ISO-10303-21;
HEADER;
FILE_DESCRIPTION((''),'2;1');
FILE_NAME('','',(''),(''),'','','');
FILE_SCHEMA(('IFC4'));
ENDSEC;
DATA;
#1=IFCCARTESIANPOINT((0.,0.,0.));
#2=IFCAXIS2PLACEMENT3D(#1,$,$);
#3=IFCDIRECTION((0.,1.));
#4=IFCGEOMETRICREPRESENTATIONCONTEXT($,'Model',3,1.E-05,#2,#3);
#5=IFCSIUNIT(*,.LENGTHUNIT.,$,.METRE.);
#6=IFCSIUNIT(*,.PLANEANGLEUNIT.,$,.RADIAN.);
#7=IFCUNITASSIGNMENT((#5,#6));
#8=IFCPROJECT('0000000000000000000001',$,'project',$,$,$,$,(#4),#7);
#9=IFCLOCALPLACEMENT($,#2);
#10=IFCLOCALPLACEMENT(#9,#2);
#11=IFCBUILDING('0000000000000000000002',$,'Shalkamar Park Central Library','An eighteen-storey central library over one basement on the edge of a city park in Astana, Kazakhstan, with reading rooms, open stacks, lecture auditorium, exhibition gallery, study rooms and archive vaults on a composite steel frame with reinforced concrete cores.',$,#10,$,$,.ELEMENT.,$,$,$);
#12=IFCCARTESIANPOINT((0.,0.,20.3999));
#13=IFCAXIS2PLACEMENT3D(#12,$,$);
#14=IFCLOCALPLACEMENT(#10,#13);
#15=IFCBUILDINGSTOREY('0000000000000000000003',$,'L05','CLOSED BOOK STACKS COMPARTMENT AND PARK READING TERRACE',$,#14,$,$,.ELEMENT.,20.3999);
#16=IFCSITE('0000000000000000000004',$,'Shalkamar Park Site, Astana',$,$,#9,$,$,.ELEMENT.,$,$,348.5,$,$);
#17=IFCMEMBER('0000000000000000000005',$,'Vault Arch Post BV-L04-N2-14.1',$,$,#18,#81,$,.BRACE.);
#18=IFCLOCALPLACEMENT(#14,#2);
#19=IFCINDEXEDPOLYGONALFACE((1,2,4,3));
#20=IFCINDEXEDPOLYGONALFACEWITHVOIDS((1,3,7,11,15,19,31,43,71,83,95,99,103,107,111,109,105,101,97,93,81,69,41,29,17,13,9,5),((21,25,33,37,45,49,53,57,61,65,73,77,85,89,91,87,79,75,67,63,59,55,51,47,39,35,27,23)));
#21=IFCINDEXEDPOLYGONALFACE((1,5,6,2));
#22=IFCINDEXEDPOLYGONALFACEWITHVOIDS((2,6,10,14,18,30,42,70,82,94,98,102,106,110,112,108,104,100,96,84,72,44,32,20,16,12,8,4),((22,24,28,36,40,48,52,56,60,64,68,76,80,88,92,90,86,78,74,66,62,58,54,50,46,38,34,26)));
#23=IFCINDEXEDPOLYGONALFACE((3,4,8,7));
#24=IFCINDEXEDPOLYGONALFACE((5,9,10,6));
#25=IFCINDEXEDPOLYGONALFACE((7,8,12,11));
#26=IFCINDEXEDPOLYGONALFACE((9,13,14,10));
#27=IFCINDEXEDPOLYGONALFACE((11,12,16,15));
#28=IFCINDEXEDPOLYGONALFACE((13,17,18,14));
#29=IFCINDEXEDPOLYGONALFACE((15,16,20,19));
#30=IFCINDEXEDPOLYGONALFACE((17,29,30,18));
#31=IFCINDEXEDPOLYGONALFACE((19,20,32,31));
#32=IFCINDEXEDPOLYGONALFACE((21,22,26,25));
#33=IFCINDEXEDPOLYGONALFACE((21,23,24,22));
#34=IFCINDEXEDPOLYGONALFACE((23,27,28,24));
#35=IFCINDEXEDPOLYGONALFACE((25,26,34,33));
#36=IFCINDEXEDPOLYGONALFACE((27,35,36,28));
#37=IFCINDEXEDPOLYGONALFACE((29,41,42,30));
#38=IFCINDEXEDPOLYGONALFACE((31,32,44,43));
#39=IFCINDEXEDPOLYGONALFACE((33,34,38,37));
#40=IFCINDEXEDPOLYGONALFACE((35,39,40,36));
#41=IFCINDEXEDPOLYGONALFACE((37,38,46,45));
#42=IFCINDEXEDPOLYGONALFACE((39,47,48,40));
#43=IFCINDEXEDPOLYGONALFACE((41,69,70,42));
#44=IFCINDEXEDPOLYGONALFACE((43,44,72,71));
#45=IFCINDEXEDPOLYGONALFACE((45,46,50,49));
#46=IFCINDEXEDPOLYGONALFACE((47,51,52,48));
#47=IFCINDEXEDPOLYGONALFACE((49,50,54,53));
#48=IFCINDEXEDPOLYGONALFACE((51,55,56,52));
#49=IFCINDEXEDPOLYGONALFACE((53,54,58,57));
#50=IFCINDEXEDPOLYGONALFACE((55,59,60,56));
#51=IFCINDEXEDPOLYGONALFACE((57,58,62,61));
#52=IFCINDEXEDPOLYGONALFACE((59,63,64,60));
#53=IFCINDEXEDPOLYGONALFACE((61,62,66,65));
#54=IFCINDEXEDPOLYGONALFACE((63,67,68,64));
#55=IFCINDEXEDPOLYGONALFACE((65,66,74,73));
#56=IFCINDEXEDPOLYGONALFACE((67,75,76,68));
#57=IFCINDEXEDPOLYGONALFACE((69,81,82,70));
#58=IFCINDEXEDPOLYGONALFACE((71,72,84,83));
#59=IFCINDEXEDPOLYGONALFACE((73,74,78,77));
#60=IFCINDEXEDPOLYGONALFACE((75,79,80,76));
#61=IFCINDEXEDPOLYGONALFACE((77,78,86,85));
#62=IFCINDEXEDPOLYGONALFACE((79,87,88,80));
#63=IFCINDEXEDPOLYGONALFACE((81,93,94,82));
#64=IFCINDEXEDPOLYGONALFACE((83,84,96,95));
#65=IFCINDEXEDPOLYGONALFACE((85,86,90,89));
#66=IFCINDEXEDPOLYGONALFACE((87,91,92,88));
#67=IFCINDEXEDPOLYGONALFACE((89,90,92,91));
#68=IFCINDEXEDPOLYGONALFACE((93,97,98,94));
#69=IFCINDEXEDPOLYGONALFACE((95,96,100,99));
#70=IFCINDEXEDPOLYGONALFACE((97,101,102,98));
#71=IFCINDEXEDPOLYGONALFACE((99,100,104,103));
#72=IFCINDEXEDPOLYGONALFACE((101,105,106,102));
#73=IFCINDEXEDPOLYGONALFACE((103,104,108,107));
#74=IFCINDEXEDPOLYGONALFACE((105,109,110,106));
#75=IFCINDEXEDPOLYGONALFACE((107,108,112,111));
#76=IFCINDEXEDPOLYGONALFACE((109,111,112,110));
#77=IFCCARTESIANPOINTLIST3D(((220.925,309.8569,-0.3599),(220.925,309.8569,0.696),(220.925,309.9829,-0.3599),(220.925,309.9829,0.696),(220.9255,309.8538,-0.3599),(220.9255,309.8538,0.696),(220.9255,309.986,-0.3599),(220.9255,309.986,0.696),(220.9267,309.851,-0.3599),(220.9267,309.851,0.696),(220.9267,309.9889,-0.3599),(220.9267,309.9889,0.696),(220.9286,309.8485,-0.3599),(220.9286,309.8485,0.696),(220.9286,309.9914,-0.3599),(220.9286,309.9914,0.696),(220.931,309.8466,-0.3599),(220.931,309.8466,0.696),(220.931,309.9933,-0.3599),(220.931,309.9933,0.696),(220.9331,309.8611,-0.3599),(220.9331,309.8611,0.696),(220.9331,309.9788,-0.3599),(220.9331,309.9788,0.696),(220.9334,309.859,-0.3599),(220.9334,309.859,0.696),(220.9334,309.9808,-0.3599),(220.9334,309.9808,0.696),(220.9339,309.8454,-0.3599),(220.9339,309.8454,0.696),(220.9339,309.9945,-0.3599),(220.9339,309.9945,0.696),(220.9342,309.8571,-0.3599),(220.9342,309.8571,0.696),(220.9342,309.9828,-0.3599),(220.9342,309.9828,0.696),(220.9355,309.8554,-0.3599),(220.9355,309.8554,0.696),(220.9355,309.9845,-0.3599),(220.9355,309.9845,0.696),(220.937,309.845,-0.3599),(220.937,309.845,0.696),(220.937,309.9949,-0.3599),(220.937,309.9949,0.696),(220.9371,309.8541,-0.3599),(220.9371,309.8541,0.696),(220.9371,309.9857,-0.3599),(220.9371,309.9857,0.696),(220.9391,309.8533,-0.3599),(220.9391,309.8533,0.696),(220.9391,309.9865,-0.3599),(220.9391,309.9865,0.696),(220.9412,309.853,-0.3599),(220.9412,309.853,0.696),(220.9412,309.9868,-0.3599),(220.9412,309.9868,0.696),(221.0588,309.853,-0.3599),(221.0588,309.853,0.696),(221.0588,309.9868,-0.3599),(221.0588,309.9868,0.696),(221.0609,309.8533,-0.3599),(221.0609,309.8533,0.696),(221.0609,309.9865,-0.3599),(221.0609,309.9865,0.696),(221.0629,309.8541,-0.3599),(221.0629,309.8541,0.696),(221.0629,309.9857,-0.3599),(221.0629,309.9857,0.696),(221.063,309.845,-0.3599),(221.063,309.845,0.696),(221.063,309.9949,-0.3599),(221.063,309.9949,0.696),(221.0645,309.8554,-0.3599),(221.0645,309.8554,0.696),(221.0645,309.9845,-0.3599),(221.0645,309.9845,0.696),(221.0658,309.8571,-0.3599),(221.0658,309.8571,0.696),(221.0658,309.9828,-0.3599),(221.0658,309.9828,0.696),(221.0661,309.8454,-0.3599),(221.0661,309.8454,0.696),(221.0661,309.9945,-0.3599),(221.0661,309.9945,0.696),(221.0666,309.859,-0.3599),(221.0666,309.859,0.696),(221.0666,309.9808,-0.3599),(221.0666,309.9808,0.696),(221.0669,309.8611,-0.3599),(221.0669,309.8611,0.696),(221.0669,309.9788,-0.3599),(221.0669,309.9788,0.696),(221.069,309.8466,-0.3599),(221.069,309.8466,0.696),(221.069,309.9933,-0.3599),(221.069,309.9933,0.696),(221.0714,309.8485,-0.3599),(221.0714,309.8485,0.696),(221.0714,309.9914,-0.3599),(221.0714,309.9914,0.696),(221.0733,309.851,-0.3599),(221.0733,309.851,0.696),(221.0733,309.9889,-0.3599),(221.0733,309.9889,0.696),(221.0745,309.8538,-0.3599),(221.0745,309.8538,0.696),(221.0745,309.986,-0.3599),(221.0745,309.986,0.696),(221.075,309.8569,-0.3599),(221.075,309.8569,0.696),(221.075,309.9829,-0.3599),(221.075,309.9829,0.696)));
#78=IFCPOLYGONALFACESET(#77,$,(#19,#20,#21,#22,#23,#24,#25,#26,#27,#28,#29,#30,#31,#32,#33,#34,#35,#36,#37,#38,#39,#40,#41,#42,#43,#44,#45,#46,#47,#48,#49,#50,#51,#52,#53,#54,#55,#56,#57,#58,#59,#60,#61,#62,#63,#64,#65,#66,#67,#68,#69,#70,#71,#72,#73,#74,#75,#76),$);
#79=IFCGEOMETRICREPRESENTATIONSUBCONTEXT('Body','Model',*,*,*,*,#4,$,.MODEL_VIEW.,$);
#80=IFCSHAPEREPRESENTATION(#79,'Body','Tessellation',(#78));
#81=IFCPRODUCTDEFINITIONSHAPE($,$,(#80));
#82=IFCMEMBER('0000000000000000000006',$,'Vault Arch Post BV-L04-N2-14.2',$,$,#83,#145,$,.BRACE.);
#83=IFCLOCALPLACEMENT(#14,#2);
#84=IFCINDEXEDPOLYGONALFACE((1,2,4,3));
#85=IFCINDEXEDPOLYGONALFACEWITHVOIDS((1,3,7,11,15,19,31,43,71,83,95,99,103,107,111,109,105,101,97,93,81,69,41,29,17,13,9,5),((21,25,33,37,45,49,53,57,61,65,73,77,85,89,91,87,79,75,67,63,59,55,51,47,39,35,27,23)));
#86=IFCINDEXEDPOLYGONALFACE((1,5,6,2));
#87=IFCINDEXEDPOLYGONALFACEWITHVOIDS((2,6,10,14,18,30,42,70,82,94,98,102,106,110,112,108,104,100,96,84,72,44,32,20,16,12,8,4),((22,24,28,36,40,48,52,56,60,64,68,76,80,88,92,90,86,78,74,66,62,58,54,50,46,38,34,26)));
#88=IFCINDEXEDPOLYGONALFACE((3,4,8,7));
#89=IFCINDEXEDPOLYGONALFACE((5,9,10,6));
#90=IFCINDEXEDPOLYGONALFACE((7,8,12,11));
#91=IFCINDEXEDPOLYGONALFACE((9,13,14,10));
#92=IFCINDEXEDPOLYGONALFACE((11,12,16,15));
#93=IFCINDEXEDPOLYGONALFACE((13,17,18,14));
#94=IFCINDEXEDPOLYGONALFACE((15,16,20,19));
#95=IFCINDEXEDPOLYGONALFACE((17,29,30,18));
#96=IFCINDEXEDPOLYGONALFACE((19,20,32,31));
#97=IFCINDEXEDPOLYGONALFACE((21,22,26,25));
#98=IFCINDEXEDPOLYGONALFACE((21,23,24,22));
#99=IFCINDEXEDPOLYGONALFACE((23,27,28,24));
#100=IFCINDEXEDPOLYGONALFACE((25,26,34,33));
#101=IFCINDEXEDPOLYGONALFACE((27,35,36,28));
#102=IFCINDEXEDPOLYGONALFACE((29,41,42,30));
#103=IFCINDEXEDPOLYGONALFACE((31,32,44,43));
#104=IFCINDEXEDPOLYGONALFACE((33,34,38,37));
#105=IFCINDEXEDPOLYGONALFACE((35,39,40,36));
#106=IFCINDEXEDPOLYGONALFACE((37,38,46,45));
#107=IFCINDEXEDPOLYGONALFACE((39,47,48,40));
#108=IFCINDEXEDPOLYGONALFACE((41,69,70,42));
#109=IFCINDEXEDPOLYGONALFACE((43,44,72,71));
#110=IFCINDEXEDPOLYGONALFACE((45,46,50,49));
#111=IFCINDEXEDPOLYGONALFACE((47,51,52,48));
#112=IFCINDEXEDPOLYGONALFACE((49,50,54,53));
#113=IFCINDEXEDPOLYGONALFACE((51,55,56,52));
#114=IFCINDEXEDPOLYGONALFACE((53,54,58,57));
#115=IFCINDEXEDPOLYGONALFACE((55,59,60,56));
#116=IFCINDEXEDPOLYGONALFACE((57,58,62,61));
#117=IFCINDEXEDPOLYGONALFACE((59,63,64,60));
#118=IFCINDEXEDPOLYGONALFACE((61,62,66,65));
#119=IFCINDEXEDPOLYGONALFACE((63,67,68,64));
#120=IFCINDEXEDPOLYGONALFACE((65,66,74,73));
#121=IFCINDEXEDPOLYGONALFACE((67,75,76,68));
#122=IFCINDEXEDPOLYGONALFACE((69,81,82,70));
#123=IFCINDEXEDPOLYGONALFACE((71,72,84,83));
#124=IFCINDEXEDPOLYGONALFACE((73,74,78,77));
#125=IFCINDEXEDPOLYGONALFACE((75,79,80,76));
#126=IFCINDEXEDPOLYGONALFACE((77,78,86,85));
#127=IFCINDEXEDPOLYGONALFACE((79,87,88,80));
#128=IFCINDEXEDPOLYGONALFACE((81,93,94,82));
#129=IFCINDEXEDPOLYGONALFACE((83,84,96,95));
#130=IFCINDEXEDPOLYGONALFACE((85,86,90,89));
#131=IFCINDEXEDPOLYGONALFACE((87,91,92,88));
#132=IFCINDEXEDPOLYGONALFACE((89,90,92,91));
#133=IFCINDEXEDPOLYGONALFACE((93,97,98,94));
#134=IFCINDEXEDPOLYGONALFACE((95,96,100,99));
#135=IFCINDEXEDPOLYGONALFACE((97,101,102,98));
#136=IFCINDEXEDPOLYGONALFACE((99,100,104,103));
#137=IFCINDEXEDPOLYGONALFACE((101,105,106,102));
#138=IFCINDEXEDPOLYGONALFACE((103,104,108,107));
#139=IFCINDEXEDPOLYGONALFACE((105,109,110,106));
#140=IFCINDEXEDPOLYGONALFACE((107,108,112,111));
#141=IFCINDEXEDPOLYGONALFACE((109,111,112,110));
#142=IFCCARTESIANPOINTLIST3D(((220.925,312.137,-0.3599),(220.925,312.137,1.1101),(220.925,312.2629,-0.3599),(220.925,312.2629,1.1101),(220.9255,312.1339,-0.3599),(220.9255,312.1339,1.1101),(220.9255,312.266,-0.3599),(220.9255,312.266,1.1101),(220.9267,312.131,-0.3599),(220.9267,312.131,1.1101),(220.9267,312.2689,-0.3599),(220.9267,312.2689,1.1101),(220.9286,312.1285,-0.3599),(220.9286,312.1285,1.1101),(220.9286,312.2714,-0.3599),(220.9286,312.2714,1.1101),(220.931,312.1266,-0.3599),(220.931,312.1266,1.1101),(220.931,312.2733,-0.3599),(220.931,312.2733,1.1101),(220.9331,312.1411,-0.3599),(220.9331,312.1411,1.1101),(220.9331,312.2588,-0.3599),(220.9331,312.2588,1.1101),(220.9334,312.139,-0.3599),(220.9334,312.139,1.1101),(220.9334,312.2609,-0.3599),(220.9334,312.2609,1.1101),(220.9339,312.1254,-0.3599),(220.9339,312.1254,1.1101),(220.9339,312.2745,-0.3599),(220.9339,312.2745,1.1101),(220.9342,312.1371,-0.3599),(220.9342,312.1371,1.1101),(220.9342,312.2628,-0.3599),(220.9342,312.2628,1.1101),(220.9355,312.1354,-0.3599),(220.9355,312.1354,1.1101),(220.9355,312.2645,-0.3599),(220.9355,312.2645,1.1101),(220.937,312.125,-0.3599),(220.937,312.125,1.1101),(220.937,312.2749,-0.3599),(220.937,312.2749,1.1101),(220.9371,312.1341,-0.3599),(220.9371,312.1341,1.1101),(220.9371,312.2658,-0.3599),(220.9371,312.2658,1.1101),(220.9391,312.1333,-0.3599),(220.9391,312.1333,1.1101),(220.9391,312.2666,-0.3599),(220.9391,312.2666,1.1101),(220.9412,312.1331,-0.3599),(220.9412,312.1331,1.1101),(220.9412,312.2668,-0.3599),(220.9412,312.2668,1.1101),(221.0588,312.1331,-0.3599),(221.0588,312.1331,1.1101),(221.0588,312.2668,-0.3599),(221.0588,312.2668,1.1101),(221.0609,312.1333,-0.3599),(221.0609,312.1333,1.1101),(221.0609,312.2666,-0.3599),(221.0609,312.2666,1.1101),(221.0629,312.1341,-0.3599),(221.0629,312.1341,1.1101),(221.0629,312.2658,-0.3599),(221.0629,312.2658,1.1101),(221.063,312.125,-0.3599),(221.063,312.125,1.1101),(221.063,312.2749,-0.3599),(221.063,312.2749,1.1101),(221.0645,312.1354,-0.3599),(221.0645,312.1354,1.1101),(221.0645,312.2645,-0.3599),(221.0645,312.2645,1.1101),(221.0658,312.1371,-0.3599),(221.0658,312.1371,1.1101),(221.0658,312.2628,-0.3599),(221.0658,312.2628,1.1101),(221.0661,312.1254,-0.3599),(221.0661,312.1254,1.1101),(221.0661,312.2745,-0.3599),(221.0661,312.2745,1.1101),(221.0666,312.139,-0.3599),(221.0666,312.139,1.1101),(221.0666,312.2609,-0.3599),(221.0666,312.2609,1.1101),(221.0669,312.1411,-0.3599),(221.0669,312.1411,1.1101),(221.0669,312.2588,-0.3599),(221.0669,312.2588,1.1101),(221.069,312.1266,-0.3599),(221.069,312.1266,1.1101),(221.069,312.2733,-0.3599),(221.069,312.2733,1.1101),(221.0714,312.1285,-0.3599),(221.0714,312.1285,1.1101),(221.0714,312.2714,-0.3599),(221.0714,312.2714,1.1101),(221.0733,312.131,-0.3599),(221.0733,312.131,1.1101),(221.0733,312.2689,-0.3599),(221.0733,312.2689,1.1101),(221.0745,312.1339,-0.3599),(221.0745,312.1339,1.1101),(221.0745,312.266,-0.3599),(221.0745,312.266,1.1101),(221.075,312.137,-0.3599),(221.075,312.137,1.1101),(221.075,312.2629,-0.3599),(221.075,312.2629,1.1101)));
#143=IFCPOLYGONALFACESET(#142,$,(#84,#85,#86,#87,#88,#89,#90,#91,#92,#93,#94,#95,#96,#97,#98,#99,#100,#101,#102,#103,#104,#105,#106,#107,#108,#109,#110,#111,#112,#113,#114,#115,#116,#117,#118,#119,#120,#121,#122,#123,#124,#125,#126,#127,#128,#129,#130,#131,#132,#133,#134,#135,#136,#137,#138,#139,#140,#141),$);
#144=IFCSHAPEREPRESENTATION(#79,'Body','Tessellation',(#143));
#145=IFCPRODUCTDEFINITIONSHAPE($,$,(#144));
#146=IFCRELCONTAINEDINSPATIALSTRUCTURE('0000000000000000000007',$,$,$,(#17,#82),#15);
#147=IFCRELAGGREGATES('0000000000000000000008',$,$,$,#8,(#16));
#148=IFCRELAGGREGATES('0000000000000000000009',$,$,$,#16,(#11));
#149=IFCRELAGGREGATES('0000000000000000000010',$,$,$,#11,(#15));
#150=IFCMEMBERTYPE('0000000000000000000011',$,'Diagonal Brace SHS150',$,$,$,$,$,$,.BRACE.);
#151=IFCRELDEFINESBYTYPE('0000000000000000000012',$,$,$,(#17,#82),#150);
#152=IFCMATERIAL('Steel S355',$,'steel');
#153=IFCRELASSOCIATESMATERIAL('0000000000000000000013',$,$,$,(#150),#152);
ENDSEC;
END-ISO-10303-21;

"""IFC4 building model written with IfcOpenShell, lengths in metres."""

from ifc_helpers import new_model, si_unit, direction, frame, origin, origin_2d, place, context, subcontext, project, spatial, hollow_rectangle, extrude, material, material_profile, profile_set, type_object, element, save


model = new_model("IFC4")

# Units and contexts
model_context = context("Model", 3, precision=1e-05, world=origin(), true_north=direction((0.0, 1.0)))
body_context = subcontext(model_context, "Body", "Model", "MODEL_VIEW")
ifc_project = project(units=[si_unit("LENGTHUNIT", "METRE"), si_unit("PLANEANGLEUNIT", "RADIAN")], contexts=[model_context])

# Site, building, storey
site_placement = place(None, origin())
site = spatial("IfcSite", under=ifc_project, at=site_placement, Name="Shalkamar Park Site, Astana", CompositionType="ELEMENT", RefElevation=348.5)
building_placement = place(site_placement, origin())
building = spatial("IfcBuilding", under=site, at=building_placement, Name="Shalkamar Park Central Library", Description="An eighteen-storey central library over one basement on the edge of a city park in Astana, Kazakhstan, with reading rooms, open stacks, lecture auditorium, exhibition gallery, study rooms and archive vaults on a composite steel frame with reinforced concrete cores.", CompositionType="ELEMENT")
storey_placement = place(building_placement, frame((0.0, 0.0, 20.3999)))
storey = spatial("IfcBuildingStorey", under=building, at=storey_placement, Name="L05", Description="CLOSED BOOK STACKS COMPARTMENT AND PARK READING TERRACE", CompositionType="ELEMENT", Elevation=20.3999)

# Members
ifc_material_1 = material(Name="Steel S355", Category="steel")
ifc_material_profile_1 = material_profile(ifc_material_1, hollow_rectangle(XDim=0.1499, YDim=0.1499, WallThickness=0.0081, InnerFilletRadius=0.0081, OuterFilletRadius=0.012, at=origin_2d()), Name="SHS 150x150x8")
ifc_profile_set_1 = profile_set([ifc_material_profile_1], Name="Steel S355")
member_type_1 = type_object("IfcMemberType", Name="Diagonal Brace SHS150", PredefinedType="BRACE", material=ifc_profile_set_1)
member_1_placement = place(storey_placement, frame((221.0, 309.9199, -0.3599), z_axis=(0.0, 0.0, 1.0), x_axis=(1.0, 0.0, 0.0)))
element("IfcMember", 1, at=member_1_placement, inside=storey, type_object=member_type_1, Name="Vault Arch Post BV-L04-N2-14.1", PredefinedType="BRACE", context=body_context, shape_type="SweptSolid", body=[
    extrude(hollow_rectangle(XDim=0.1499, YDim=0.1499, WallThickness=0.0081, InnerFilletRadius=0.0081, OuterFilletRadius=0.012, at=origin_2d()), origin(), (0.0, 0.0, 1.0), 1.0559),
])
member_2_placement = place(storey_placement, frame((221.0, 312.2, -0.3599), z_axis=(0.0, 0.0, 1.0), x_axis=(1.0, 0.0, 0.0)))
element("IfcMember", 2, at=member_2_placement, inside=storey, type_object=member_type_1, Name="Vault Arch Post BV-L04-N2-14.2", PredefinedType="BRACE", context=body_context, shape_type="SweptSolid", body=[
    extrude(hollow_rectangle(XDim=0.1499, YDim=0.1499, WallThickness=0.0081, InnerFilletRadius=0.0081, OuterFilletRadius=0.012, at=origin_2d()), origin(), (0.0, 0.0, 1.0), 1.47),
])

save(model, "model.ifc")
